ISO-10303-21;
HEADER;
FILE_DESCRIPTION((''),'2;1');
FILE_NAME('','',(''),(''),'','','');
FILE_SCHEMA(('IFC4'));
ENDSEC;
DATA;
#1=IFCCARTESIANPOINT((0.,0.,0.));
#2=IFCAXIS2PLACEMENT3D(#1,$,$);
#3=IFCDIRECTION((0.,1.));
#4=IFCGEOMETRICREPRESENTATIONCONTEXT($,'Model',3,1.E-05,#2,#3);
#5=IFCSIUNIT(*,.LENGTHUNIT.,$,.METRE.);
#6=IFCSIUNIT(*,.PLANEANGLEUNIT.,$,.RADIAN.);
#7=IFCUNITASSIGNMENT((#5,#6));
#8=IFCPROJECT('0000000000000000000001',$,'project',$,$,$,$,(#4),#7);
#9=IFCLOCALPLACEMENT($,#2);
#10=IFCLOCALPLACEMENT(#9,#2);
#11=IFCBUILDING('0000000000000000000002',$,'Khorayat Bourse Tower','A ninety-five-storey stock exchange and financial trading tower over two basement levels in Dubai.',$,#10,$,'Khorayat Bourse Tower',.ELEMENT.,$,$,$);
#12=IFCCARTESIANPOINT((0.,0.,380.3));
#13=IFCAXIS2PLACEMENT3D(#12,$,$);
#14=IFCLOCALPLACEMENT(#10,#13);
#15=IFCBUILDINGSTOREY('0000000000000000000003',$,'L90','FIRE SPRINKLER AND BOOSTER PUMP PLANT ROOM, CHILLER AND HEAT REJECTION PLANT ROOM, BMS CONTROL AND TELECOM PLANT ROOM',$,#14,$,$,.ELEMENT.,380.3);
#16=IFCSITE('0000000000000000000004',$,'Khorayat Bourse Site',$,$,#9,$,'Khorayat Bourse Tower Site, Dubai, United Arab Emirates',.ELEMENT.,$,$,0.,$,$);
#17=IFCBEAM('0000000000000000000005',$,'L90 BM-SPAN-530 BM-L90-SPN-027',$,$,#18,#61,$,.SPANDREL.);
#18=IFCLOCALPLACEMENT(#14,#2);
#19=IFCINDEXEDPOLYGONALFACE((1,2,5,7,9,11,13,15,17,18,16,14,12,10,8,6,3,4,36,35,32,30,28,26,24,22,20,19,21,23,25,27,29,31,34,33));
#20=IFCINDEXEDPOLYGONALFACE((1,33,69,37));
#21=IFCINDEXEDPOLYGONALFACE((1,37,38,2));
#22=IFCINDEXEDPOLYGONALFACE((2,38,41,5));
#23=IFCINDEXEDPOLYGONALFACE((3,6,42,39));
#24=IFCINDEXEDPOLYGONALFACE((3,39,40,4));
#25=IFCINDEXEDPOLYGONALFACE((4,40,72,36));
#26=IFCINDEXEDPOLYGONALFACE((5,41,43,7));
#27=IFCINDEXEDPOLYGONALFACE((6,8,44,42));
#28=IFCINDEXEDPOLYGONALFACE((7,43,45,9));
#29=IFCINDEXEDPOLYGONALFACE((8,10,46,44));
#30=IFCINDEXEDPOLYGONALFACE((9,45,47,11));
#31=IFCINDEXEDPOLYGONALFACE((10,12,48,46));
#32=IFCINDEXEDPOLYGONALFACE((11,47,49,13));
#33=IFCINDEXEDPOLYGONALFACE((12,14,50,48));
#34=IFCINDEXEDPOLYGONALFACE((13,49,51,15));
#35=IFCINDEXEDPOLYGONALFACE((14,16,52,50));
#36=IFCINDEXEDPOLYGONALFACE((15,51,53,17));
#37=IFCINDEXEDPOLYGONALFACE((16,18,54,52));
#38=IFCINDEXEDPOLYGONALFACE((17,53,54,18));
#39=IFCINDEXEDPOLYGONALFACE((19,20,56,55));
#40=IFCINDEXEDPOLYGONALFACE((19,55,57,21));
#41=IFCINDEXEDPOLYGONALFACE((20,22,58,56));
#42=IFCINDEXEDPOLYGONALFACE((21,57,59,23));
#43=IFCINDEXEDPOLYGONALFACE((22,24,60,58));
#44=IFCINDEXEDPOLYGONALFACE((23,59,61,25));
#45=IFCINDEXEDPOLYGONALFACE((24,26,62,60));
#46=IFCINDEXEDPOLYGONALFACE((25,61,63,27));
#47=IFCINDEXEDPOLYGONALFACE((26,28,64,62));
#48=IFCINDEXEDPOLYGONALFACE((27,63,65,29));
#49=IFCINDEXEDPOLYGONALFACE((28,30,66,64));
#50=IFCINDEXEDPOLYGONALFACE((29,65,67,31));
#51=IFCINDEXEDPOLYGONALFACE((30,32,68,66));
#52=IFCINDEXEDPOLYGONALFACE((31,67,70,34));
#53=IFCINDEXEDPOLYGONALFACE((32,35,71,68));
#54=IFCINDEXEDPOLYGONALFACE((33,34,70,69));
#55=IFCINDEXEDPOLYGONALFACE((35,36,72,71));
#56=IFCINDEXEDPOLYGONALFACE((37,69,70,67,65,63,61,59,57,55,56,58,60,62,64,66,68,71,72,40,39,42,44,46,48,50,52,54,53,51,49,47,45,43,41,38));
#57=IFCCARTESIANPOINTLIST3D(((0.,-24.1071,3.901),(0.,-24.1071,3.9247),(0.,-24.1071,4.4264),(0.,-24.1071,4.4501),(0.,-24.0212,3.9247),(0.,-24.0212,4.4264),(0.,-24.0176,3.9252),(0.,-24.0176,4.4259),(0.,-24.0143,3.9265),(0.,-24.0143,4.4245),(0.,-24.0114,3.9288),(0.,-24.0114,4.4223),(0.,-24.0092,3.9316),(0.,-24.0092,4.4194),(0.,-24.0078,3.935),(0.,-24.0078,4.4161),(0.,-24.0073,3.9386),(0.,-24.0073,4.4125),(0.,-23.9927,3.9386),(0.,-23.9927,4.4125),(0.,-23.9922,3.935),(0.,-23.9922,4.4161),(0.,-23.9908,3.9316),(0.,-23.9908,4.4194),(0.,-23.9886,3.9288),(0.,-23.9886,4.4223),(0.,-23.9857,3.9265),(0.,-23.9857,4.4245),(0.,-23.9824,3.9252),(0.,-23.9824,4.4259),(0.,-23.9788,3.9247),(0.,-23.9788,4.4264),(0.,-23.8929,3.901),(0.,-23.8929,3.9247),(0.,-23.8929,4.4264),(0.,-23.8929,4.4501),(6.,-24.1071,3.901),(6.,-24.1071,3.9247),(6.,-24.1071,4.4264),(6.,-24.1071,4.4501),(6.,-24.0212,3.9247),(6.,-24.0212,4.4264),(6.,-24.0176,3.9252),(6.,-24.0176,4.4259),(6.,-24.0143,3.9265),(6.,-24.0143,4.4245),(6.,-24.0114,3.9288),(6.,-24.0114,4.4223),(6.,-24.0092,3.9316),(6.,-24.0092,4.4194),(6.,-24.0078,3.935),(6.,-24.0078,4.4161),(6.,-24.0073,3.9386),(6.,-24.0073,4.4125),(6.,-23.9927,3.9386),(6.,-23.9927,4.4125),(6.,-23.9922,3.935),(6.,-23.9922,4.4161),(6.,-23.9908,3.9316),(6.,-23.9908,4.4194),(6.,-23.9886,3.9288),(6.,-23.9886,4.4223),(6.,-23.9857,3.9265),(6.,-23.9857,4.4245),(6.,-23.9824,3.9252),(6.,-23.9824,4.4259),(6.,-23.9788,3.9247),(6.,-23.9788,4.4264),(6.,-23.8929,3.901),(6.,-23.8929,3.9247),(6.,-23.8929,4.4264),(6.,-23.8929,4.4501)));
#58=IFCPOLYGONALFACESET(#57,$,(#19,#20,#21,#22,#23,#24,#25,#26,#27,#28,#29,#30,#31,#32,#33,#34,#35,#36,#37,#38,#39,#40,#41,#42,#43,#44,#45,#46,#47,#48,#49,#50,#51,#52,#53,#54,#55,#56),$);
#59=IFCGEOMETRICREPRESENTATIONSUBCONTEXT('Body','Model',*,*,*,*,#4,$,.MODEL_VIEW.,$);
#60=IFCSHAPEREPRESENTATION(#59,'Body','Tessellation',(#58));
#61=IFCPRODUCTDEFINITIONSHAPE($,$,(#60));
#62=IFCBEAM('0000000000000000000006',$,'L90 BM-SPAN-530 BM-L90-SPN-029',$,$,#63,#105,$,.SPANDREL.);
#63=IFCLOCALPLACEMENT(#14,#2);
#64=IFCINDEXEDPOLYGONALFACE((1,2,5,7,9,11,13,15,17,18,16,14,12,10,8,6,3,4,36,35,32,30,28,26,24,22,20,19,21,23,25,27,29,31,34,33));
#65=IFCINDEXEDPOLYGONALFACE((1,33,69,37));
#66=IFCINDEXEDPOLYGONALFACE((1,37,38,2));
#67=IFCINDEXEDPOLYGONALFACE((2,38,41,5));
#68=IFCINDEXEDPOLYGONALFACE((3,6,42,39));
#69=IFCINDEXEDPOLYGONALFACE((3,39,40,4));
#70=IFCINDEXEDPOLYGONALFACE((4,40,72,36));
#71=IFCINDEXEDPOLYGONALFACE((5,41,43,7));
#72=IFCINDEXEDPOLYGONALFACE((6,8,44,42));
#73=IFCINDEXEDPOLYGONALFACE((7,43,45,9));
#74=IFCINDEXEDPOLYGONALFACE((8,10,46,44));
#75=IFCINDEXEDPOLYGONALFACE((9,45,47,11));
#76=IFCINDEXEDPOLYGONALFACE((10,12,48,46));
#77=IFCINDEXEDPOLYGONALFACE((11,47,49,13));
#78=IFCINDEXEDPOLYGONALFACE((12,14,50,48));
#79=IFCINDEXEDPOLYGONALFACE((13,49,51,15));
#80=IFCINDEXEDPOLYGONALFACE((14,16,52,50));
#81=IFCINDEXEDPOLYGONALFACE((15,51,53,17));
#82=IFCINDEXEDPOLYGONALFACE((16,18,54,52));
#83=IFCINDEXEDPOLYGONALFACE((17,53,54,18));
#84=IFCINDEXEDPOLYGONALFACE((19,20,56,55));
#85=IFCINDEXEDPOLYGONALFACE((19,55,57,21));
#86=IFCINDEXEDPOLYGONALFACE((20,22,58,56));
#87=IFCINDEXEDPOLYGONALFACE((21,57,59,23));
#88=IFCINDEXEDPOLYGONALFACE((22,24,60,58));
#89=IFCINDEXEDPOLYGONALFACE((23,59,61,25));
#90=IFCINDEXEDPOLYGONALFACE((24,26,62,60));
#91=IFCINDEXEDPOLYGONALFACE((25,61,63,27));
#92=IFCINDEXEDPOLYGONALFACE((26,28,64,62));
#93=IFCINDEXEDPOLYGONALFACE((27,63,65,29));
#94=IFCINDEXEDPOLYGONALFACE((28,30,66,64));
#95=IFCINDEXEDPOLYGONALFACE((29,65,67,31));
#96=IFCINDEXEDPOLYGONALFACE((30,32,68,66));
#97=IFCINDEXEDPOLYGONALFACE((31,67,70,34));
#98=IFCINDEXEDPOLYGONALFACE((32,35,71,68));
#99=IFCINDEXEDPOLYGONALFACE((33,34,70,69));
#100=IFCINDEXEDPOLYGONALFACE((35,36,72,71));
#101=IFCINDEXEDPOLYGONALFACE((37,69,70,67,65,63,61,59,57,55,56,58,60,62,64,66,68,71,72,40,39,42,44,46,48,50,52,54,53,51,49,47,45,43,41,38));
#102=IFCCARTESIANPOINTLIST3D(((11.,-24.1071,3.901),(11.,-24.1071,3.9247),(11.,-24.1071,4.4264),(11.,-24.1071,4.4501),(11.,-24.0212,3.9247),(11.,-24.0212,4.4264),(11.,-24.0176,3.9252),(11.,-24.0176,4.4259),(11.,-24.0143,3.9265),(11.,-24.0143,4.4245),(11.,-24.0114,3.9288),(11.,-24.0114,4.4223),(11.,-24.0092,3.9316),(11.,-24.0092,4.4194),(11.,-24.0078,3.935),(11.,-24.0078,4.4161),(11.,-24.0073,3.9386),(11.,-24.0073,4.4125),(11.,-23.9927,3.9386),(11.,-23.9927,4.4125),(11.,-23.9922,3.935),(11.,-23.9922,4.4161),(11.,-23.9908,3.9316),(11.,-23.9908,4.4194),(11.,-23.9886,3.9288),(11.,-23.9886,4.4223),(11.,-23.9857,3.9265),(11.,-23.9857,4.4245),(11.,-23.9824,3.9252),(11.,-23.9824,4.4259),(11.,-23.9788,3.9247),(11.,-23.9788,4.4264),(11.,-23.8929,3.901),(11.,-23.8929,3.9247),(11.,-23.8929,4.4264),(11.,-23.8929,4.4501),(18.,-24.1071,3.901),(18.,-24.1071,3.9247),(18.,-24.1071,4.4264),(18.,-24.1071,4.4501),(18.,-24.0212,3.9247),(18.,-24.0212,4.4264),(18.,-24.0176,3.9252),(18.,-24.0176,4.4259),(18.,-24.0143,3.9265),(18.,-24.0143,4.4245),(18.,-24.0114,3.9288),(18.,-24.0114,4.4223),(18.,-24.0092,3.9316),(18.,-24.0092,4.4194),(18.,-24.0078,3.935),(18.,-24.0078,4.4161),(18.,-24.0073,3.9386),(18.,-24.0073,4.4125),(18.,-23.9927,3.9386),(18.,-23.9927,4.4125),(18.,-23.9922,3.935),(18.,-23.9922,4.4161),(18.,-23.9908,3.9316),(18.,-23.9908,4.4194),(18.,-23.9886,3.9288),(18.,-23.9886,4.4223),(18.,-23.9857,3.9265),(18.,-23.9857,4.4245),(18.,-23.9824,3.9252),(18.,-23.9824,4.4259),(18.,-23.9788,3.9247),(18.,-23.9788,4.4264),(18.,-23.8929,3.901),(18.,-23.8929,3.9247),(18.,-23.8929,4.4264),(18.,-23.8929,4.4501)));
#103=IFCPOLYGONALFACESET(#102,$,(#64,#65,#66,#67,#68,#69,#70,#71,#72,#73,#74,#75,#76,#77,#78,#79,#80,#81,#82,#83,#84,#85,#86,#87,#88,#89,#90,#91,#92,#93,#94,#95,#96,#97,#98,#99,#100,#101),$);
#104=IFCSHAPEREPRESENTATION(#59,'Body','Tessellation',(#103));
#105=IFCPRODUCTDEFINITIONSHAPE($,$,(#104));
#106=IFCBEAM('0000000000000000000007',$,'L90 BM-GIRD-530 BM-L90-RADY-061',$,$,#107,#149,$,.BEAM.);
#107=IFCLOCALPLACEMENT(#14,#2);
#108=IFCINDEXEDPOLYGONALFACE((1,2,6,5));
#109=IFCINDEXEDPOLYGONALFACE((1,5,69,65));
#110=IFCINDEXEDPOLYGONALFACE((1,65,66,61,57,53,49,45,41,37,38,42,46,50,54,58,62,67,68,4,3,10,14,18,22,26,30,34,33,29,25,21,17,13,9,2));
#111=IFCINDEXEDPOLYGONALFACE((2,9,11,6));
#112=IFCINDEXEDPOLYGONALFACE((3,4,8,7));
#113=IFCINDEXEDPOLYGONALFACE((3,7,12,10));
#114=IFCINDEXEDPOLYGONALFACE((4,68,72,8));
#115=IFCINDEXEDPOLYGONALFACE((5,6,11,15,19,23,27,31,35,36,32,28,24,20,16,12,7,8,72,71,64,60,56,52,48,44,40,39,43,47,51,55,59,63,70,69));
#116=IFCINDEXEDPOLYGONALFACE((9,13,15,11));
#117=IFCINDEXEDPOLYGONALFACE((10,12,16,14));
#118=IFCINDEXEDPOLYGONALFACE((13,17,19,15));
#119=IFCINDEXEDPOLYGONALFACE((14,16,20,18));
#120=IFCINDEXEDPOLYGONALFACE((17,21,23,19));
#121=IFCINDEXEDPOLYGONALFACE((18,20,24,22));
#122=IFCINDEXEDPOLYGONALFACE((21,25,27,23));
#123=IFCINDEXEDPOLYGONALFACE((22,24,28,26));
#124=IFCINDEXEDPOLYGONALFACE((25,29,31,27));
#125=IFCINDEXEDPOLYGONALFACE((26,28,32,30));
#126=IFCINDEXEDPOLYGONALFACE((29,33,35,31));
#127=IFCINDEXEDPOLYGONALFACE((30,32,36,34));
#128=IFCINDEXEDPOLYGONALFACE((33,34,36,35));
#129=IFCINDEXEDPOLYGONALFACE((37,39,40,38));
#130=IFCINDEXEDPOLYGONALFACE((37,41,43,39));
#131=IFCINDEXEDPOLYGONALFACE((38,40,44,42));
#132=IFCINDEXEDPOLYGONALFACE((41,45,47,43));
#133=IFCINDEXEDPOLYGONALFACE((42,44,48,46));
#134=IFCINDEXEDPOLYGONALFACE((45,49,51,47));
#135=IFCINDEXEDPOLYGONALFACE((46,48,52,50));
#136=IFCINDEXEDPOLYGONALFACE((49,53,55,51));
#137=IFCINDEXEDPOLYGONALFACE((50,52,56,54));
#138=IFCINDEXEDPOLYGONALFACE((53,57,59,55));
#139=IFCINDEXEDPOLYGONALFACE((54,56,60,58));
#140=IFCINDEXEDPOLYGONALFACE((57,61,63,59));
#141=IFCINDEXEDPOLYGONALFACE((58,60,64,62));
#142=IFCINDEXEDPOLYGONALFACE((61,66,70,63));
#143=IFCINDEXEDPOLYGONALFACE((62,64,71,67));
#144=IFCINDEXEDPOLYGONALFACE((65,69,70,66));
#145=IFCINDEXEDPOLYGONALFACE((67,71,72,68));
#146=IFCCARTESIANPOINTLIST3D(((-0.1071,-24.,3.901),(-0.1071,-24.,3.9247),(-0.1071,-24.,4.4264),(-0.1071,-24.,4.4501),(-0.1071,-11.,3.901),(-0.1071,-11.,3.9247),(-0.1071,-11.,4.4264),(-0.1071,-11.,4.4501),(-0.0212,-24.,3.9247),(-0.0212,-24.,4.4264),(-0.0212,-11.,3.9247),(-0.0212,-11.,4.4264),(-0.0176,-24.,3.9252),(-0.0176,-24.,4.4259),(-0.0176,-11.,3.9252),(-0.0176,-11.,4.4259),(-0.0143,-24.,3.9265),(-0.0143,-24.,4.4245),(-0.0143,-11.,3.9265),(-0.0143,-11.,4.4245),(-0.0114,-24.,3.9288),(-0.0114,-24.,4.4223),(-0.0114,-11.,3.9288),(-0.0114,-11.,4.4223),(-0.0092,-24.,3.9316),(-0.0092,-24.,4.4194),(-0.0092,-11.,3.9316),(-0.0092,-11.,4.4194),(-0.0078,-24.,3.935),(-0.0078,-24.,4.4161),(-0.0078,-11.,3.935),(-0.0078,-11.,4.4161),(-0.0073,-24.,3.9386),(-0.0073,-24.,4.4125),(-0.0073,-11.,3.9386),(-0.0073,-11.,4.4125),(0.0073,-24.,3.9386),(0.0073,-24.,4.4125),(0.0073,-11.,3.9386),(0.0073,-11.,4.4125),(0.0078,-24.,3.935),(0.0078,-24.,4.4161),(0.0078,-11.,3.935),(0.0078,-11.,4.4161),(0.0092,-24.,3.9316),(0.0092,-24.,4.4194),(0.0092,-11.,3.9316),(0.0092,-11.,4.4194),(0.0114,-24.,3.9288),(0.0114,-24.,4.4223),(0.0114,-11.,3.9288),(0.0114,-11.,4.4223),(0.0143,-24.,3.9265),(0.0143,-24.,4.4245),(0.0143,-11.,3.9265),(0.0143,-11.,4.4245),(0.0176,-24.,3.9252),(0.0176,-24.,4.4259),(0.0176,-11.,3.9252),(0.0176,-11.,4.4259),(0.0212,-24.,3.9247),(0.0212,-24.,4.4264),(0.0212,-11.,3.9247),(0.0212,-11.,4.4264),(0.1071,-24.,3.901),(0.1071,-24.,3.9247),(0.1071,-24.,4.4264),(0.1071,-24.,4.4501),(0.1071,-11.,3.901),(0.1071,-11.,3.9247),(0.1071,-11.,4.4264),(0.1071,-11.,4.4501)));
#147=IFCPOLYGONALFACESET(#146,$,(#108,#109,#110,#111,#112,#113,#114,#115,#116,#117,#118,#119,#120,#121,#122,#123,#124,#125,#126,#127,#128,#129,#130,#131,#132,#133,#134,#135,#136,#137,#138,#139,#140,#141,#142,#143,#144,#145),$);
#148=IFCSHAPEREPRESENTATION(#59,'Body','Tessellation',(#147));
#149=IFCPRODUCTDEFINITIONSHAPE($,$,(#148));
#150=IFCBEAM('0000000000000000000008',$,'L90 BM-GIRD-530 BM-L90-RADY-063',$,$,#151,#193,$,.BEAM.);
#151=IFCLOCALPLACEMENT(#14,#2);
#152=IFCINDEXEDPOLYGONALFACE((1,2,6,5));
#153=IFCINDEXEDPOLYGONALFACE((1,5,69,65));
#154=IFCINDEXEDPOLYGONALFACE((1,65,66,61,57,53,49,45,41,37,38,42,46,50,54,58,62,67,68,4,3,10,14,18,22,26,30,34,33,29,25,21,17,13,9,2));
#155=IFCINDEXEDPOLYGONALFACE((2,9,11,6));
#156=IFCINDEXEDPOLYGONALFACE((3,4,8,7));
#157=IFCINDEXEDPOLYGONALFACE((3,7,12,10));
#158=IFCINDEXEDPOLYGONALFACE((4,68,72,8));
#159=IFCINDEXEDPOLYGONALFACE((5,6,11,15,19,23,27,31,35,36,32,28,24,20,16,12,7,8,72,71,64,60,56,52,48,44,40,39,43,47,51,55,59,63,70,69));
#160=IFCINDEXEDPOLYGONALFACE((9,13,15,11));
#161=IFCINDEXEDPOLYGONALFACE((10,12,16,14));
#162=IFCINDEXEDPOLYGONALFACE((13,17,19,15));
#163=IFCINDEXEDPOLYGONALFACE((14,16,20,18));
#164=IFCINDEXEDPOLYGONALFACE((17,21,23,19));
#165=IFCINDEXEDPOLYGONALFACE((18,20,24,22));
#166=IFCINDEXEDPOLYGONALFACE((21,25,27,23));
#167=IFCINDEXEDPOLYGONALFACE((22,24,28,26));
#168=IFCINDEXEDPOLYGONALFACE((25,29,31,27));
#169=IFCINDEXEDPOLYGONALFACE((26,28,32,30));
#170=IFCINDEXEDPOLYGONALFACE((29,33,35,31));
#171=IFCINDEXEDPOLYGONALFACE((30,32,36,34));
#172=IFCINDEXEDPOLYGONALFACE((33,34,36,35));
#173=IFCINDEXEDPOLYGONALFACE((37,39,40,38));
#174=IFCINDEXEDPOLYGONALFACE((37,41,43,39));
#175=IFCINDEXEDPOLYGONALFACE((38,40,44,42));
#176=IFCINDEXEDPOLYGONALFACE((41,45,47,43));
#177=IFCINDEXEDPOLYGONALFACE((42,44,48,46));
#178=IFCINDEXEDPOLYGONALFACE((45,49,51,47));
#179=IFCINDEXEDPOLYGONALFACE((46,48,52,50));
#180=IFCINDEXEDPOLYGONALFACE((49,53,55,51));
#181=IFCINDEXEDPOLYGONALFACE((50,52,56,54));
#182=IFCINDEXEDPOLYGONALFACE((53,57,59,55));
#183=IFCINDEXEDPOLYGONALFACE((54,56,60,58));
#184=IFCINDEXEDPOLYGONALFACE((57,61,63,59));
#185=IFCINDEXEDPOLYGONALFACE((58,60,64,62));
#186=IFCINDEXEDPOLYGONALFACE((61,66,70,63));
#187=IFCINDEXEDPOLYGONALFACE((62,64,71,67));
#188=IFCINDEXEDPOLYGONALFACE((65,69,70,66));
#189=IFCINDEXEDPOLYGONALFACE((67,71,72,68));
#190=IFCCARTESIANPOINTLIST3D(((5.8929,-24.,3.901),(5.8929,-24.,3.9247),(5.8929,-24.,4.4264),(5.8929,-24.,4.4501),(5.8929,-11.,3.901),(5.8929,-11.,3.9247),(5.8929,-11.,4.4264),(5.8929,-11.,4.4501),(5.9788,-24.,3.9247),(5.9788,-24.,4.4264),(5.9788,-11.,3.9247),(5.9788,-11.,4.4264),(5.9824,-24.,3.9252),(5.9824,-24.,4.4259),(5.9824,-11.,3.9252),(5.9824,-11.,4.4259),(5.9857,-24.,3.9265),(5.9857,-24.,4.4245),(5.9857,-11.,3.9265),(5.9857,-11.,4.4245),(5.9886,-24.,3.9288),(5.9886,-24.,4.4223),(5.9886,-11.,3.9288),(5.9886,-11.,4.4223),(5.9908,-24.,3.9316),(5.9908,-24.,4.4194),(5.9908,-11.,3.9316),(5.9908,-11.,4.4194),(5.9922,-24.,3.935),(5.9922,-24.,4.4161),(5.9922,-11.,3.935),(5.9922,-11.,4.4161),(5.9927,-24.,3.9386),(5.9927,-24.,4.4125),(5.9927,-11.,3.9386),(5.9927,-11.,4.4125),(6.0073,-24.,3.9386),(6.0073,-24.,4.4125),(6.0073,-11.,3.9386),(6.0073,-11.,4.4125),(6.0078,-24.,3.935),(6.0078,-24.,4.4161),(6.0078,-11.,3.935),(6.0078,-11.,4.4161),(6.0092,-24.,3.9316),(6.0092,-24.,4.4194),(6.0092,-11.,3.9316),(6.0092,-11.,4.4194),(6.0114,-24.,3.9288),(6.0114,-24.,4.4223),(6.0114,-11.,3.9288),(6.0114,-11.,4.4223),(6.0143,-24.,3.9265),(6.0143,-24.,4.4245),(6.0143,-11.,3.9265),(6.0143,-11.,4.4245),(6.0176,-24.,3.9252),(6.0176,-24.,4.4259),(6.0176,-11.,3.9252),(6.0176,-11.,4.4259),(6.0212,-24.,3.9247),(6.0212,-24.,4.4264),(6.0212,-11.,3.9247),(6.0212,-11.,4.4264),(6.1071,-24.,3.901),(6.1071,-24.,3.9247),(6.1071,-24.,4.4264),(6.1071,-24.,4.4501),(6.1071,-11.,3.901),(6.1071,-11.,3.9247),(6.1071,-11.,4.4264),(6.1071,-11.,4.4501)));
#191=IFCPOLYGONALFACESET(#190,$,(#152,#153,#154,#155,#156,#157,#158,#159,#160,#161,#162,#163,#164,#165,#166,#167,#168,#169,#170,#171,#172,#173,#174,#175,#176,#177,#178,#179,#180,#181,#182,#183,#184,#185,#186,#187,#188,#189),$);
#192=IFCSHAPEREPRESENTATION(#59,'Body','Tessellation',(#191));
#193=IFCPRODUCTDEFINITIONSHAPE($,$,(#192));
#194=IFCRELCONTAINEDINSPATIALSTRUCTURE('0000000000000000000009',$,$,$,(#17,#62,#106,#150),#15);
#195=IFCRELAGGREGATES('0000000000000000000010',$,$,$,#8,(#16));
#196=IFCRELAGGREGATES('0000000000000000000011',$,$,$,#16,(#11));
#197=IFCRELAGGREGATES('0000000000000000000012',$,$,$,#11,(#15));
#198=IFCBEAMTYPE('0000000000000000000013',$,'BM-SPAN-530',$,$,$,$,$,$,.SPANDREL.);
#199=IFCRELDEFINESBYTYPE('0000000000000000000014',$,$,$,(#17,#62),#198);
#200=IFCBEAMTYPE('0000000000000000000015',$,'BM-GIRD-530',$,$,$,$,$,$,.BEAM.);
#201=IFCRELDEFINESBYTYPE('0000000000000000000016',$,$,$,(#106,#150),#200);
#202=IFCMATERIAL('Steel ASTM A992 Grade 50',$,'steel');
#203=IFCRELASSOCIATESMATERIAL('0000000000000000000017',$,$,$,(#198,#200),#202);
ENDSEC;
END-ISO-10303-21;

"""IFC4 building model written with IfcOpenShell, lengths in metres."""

from ifc_helpers import new_model, si_unit, direction, frame, origin, origin_2d, place, context, subcontext, project, spatial, i_section, extrude, source, transform, mapped, material, material_profile, profile_set, type_object, element, save


model = new_model("IFC4")

# Units and contexts
model_context = context("Model", 3, precision=1e-05, world=origin(), true_north=direction((0.0, 1.0)))
body_context = subcontext(model_context, "Body", "Model", "MODEL_VIEW")
ifc_project = project(units=[si_unit("LENGTHUNIT", "METRE"), si_unit("PLANEANGLEUNIT", "RADIAN")], contexts=[model_context])

# Site, building, storey
site_placement = place(None, origin())
site = spatial("IfcSite", under=ifc_project, at=site_placement, Name="Khorayat Bourse Site", LongName="Khorayat Bourse Tower Site, Dubai, United Arab Emirates", CompositionType="ELEMENT", RefElevation=0.0)
building_placement = place(site_placement, origin())
building = spatial("IfcBuilding", under=site, at=building_placement, Name="Khorayat Bourse Tower", Description="A ninety-five-storey stock exchange and financial trading tower over two basement levels in Dubai.", LongName="Khorayat Bourse Tower", CompositionType="ELEMENT")
storey_placement = place(building_placement, frame((0.0, 0.0, 380.3)))
storey = spatial("IfcBuildingStorey", under=building, at=storey_placement, Name="L90", Description="FIRE SPRINKLER AND BOOSTER PUMP PLANT ROOM, CHILLER AND HEAT REJECTION PLANT ROOM, BMS CONTROL AND TELECOM PLANT ROOM", CompositionType="ELEMENT", Elevation=380.3)

# Beams
ifc_material_1 = material(Name="Steel ASTM A992 Grade 50", Category="steel")
ifc_material_profile_1 = material_profile(ifc_material_1, i_section(OverallWidth=0.2141, OverallDepth=0.5491, WebThickness=0.0146, FlangeThickness=0.0237, FilletRadius=0.0139, at=origin_2d()), Name="W530X138")
ifc_profile_set_1 = profile_set([ifc_material_profile_1], Name="Steel ASTM A992 Grade 50")
beam_type_1 = type_object("IfcBeamType", Name="BM-SPAN-530", PredefinedType="SPANDREL", material=ifc_profile_set_1)
shared_shape_1 = source(origin(), body_context, "Body", "SweptSolid", [
    extrude(i_section(OverallWidth=0.2141, OverallDepth=0.5491, WebThickness=0.0146, FlangeThickness=0.0237, FilletRadius=0.0139, at=origin_2d()), origin(), (0.0, 0.0, 1.0), 6.0),
])
beam_1_placement = place(storey_placement, frame((0.0, -24.0, 4.1755), z_axis=(1.0, 0.0, 0.0), x_axis=(0.0, 1.0, 0.0)))
element("IfcBeam", 1, at=beam_1_placement, inside=storey, type_object=beam_type_1, Name="L90 BM-SPAN-530 BM-L90-SPN-027", PredefinedType="SPANDREL", context=body_context, shape_type="MappedRepresentation", body=[
    mapped(shared_shape_1, transform((0.0, 0.0, 0.0), scale=1.0)),
])
shared_shape_2 = source(origin(), body_context, "Body", "SweptSolid", [
    extrude(i_section(OverallWidth=0.2141, OverallDepth=0.5491, WebThickness=0.0146, FlangeThickness=0.0237, FilletRadius=0.0139, at=origin_2d()), origin(), (0.0, 0.0, 1.0), 7.0),
])
beam_2_placement = place(storey_placement, frame((11.0, -24.0, 4.1755), z_axis=(1.0, 0.0, 0.0), x_axis=(0.0, 1.0, 0.0)))
element("IfcBeam", 2, at=beam_2_placement, inside=storey, type_object=beam_type_1, Name="L90 BM-SPAN-530 BM-L90-SPN-029", PredefinedType="SPANDREL", context=body_context, shape_type="MappedRepresentation", body=[
    mapped(shared_shape_2, transform((0.0, 0.0, 0.0), scale=1.0)),
])
ifc_material_profile_2 = material_profile(ifc_material_1, i_section(OverallWidth=0.2141, OverallDepth=0.5491, WebThickness=0.0146, FlangeThickness=0.0237, FilletRadius=0.0139, at=origin_2d()), Name="W530X138")
ifc_profile_set_2 = profile_set([ifc_material_profile_2], Name="Steel ASTM A992 Grade 50")
beam_type_2 = type_object("IfcBeamType", Name="BM-GIRD-530", PredefinedType="BEAM", material=ifc_profile_set_2)
shared_shape_3 = source(origin(), body_context, "Body", "SweptSolid", [
    extrude(i_section(OverallWidth=0.2141, OverallDepth=0.5491, WebThickness=0.0146, FlangeThickness=0.0237, FilletRadius=0.0139, at=origin_2d()), origin(), (0.0, 0.0, 1.0), 13.0),
])
for number, where, z_axis, x_axis, name in (
    (3, (0.0, -24.0, 4.1755), (0.0, 1.0, 0.0), (-1.0, 0.0, 0.0), "L90 BM-GIRD-530 BM-L90-RADY-061"),
    (4, (6.0, -24.0, 4.1755), (0.0, 1.0, 0.0), (-1.0, 0.0, 0.0), "L90 BM-GIRD-530 BM-L90-RADY-063"),
):
    element("IfcBeam", number, at=place(storey_placement, frame(where, z_axis=z_axis, x_axis=x_axis)), inside=storey, type_object=beam_type_2, Name=name, PredefinedType="BEAM", context=body_context, shape_type="MappedRepresentation", body=[
        mapped(shared_shape_3, transform((0.0, 0.0, 0.0), scale=1.0)),
    ])

save(model, "model.ifc")
